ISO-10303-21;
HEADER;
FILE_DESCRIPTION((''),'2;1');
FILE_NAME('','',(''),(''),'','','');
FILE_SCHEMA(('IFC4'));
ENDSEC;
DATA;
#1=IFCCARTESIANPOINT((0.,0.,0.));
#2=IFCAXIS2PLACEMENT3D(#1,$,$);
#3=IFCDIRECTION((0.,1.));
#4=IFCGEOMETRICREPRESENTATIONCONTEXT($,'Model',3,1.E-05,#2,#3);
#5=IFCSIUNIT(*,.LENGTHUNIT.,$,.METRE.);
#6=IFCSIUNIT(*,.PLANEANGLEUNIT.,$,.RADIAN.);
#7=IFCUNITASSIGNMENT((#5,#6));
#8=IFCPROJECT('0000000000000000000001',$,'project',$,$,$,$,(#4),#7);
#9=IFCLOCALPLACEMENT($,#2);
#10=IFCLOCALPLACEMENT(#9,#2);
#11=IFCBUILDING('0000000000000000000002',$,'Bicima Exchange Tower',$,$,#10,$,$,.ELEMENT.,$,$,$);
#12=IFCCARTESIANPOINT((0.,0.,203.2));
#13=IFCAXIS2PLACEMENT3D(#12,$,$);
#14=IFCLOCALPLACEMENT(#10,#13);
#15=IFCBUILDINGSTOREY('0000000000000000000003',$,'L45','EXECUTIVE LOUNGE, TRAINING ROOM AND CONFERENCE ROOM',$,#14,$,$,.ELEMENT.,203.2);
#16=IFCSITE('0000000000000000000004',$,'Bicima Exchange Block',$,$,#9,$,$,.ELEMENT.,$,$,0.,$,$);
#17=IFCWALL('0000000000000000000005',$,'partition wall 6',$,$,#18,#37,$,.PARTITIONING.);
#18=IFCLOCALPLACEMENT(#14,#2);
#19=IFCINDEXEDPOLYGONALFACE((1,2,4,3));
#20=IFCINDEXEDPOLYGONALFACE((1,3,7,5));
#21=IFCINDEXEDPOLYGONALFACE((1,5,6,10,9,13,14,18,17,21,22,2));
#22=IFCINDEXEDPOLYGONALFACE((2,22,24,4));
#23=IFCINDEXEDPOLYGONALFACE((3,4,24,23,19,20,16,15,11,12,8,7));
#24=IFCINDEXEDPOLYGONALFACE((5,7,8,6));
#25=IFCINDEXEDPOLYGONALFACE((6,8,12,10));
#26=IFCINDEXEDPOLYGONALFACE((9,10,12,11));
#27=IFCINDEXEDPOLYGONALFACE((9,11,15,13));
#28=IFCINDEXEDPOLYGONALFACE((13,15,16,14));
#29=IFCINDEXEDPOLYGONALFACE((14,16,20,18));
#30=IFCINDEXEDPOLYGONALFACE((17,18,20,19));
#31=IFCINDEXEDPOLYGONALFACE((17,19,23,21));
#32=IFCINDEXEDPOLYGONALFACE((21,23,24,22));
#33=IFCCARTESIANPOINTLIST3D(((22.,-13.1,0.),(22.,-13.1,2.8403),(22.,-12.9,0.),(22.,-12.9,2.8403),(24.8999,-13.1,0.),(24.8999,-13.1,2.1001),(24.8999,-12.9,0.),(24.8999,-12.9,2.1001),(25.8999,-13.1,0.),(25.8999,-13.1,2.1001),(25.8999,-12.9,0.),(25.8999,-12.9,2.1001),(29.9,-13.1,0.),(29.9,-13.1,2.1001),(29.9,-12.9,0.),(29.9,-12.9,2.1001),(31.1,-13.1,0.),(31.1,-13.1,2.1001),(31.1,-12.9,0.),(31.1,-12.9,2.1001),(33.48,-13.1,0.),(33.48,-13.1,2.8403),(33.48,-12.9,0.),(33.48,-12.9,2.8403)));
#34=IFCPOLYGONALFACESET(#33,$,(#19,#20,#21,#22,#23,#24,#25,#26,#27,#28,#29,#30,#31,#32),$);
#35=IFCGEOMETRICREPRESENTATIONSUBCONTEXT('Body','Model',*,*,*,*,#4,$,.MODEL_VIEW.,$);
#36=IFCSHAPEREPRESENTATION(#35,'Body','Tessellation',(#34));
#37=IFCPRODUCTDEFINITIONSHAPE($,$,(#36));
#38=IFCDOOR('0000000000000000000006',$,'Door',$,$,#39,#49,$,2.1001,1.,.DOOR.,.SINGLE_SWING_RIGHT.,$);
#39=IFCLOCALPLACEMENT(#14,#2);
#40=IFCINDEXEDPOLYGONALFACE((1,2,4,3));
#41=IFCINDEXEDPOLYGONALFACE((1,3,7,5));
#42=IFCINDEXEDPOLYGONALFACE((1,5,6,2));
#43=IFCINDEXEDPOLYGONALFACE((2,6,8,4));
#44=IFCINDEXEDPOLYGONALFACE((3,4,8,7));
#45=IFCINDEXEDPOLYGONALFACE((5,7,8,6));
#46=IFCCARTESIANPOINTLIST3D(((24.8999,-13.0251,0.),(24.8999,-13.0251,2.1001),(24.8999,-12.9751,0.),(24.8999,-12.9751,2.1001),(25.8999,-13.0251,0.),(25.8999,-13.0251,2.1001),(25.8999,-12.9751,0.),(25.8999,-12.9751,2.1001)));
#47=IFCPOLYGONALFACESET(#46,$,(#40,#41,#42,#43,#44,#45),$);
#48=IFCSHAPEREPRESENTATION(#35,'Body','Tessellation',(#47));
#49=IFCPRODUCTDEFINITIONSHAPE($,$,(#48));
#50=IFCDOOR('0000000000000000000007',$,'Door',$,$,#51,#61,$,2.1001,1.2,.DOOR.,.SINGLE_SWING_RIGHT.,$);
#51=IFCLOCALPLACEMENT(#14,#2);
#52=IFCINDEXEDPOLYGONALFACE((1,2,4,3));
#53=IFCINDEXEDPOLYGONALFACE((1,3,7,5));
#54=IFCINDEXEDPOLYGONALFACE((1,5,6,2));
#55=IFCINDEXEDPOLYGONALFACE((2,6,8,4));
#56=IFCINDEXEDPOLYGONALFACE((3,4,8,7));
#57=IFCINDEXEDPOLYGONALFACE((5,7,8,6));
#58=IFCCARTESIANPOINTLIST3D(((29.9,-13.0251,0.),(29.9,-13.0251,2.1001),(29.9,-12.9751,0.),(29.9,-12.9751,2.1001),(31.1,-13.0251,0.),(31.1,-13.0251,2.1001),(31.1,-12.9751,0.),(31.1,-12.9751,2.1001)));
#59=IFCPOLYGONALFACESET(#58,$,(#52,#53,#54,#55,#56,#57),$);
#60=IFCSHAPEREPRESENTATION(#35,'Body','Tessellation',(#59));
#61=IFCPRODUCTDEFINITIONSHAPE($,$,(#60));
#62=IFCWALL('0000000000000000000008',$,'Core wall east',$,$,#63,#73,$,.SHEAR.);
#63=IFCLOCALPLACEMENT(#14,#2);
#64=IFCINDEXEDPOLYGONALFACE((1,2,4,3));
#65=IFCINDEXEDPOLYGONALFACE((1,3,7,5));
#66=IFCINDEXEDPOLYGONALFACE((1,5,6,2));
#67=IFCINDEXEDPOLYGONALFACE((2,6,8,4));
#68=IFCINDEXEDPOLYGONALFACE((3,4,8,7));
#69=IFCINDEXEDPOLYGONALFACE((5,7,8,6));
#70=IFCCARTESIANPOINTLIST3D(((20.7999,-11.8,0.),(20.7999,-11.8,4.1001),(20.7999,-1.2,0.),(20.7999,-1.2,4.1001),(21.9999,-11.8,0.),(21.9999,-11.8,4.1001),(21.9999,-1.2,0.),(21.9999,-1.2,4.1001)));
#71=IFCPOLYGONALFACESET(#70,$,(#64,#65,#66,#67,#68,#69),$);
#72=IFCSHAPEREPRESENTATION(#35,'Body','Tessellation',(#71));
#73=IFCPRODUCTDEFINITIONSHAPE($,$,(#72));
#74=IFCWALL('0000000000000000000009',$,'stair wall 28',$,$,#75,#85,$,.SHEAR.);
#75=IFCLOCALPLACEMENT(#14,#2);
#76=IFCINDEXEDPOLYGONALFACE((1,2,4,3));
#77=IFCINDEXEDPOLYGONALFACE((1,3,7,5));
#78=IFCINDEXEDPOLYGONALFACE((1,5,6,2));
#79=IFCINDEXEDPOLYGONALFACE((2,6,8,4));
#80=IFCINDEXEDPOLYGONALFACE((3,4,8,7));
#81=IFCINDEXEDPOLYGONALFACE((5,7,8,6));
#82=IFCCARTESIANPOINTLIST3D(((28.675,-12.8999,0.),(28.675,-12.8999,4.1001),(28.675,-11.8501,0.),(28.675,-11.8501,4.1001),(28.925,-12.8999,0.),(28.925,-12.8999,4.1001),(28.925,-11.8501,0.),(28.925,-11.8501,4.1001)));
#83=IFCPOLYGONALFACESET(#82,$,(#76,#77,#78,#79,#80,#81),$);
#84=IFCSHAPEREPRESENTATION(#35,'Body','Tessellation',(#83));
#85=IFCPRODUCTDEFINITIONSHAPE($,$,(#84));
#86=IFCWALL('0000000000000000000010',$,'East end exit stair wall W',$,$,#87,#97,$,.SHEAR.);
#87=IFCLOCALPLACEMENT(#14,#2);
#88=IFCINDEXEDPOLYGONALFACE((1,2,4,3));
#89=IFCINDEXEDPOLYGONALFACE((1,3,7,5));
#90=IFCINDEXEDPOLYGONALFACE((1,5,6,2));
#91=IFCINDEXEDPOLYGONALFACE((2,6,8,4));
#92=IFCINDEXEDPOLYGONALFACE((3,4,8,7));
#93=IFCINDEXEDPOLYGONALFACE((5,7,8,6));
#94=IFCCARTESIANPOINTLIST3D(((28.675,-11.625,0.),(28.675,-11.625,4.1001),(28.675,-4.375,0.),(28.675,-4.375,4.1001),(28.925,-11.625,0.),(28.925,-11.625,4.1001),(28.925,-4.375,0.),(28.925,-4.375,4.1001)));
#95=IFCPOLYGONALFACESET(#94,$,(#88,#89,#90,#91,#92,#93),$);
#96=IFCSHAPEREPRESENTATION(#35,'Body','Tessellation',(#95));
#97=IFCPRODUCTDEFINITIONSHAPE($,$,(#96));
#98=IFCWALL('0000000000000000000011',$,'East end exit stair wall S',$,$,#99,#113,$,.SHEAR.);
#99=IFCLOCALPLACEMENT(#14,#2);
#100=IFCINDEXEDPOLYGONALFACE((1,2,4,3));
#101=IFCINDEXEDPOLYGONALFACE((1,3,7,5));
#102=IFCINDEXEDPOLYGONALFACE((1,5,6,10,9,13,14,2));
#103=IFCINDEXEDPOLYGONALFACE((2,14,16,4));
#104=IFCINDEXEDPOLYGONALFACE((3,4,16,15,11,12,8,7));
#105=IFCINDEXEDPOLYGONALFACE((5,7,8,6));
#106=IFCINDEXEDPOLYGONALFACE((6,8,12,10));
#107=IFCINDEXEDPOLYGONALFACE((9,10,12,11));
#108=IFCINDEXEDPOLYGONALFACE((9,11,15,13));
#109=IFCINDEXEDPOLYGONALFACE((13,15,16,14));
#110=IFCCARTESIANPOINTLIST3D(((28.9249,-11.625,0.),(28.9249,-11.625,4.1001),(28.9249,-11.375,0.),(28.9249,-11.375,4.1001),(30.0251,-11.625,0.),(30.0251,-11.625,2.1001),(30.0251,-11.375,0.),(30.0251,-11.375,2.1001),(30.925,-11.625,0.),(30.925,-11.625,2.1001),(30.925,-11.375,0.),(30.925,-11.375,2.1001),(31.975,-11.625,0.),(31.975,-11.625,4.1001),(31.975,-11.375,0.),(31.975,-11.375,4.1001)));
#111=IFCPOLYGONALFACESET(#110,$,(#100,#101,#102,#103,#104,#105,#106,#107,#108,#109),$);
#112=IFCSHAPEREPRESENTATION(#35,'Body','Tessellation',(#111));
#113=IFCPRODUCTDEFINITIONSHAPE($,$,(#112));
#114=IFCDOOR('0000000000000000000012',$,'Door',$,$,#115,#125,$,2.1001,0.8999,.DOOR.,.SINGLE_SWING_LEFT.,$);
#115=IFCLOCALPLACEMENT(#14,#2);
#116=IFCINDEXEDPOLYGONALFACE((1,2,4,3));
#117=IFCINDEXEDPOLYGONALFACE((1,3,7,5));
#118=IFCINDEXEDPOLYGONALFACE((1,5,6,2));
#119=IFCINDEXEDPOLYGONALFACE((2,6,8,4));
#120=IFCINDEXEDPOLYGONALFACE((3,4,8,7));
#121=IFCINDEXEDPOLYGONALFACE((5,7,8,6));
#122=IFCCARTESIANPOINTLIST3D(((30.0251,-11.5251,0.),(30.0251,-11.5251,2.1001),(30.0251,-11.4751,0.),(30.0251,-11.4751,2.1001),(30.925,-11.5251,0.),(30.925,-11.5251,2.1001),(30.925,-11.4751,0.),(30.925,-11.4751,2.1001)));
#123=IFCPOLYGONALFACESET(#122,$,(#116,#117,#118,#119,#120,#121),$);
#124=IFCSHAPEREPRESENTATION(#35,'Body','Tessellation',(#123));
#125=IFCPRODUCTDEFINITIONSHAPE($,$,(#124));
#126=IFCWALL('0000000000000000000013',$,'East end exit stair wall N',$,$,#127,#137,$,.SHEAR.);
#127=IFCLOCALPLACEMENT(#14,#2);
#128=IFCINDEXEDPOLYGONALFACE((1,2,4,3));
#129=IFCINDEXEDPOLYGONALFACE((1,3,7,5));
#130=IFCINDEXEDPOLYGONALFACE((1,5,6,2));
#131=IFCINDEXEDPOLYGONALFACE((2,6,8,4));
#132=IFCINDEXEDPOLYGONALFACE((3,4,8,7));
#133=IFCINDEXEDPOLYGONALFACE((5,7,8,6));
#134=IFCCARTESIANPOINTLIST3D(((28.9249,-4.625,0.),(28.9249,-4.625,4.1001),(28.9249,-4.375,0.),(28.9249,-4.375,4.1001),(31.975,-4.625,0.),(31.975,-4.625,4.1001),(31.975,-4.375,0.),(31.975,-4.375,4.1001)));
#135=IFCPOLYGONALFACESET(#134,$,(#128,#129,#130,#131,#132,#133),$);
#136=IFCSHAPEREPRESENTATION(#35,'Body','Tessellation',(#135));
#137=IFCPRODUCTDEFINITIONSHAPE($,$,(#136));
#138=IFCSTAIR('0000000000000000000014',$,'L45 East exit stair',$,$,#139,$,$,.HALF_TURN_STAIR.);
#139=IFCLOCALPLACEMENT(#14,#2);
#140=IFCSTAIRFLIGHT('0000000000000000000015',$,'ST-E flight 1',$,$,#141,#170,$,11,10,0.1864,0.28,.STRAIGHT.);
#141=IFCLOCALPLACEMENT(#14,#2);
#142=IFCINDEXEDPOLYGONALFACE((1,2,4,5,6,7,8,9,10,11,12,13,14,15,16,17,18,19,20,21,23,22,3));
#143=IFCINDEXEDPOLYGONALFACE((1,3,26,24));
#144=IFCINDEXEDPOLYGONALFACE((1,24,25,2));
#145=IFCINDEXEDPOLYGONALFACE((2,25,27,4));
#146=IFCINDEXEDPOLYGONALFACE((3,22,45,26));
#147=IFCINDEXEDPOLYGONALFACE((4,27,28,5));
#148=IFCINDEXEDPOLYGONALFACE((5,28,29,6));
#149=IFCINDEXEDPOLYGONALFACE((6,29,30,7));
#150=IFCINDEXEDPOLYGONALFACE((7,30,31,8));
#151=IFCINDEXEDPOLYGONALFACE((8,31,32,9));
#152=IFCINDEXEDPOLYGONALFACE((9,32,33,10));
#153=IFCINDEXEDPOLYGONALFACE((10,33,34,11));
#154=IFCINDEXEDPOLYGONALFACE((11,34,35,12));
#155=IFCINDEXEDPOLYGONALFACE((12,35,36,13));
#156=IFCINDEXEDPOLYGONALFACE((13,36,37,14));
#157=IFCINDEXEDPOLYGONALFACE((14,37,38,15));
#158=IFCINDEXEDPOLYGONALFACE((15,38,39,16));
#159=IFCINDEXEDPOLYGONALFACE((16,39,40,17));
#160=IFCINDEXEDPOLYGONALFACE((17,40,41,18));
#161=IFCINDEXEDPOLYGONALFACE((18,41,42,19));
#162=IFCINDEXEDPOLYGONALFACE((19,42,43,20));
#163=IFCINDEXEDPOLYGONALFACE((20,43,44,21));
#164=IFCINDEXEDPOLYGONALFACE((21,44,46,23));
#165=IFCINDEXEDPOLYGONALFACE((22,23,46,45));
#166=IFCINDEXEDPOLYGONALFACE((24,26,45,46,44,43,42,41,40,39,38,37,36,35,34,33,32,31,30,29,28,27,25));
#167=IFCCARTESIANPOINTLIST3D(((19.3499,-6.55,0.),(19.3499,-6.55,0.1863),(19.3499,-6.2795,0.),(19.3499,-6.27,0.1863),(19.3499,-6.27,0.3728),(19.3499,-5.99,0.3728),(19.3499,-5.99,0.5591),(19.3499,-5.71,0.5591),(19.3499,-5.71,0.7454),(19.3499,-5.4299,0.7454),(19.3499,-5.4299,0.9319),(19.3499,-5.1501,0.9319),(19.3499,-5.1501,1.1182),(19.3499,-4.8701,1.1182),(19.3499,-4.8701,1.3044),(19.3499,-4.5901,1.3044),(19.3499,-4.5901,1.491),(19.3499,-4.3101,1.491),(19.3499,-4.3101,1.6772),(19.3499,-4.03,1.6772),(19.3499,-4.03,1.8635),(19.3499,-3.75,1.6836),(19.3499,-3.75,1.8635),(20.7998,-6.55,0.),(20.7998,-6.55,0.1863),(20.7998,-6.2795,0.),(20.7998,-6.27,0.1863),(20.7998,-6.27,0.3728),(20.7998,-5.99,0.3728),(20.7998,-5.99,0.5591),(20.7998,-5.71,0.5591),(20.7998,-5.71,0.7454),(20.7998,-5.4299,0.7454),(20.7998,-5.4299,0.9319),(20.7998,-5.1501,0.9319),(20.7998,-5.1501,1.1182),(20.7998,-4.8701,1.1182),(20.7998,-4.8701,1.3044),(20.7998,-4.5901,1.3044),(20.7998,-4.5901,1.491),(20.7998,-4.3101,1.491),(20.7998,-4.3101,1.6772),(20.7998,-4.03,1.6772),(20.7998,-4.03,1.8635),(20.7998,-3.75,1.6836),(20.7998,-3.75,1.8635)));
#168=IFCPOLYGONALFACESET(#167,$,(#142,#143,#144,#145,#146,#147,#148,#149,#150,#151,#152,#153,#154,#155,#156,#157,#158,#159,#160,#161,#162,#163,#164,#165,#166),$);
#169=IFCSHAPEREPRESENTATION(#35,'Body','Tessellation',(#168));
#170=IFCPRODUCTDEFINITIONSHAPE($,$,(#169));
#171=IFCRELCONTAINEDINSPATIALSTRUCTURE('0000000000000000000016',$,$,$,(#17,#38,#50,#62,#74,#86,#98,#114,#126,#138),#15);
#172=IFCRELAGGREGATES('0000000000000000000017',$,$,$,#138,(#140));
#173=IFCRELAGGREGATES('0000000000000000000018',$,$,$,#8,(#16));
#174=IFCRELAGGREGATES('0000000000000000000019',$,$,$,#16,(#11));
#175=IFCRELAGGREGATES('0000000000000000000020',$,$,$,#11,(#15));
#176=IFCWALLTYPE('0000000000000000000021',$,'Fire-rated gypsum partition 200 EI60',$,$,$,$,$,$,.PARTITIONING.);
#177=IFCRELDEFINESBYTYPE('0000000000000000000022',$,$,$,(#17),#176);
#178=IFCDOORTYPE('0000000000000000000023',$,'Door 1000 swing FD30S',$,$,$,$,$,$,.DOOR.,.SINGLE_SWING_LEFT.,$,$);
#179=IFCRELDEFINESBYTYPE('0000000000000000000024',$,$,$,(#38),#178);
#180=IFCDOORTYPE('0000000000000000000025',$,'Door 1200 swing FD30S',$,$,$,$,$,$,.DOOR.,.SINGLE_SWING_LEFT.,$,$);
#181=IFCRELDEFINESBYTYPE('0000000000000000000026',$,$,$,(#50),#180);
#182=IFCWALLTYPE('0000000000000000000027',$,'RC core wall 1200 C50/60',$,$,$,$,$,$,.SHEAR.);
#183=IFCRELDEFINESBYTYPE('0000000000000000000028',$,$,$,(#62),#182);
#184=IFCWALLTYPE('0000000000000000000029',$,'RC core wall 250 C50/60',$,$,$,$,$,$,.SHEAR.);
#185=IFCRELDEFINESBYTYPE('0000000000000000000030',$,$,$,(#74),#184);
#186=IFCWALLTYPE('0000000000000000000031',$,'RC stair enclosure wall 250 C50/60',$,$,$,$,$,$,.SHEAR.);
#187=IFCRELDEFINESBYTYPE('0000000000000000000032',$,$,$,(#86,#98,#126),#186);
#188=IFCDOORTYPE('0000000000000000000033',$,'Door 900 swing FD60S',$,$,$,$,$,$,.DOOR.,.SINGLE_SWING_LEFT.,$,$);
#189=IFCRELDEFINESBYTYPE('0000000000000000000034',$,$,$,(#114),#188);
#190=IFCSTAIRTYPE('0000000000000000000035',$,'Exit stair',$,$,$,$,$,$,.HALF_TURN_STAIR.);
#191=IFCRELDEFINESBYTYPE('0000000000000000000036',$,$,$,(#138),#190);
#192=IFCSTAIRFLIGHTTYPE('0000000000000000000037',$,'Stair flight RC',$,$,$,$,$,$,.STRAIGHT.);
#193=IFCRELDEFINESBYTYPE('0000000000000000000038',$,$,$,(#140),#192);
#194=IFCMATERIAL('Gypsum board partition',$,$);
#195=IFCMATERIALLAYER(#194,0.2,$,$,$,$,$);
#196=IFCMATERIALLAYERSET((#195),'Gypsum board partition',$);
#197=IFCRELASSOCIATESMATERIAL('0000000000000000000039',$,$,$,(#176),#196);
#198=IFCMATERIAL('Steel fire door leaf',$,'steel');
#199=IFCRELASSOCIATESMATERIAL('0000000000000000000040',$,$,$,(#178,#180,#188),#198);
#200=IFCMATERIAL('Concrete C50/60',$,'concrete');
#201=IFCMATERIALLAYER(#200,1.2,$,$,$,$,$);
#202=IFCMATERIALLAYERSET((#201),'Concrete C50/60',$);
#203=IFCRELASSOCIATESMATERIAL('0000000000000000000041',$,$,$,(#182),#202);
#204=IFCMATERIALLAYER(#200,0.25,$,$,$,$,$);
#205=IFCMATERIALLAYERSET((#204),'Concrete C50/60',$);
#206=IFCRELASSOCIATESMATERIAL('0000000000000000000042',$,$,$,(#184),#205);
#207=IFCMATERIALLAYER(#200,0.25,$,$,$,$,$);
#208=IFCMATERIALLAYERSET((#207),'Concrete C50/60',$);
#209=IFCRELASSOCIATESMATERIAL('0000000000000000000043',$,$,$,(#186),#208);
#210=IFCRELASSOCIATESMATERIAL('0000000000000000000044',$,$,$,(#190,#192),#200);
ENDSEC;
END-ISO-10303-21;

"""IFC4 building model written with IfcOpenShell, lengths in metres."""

from ifc_helpers import new_model, si_unit, direction, frame, frame_2d, origin, place, context, subcontext, project, spatial, polyline, rectangle, outline, extrude, material, layer, layer_set, type_object, element, fill, aggregate, save


model = new_model("IFC4")

# Units and contexts
model_context = context("Model", 3, precision=1e-05, world=origin(), true_north=direction((0.0, 1.0)))
body_context = subcontext(model_context, "Body", "Model", "MODEL_VIEW")
ifc_project = project(units=[si_unit("LENGTHUNIT", "METRE"), si_unit("PLANEANGLEUNIT", "RADIAN")], contexts=[model_context])

# Site, building, storey
site_placement = place(None, origin())
site = spatial("IfcSite", under=ifc_project, at=site_placement, Name="Bicima Exchange Block", CompositionType="ELEMENT", RefElevation=0.0)
building_placement = place(site_placement, origin())
building = spatial("IfcBuilding", under=site, at=building_placement, Name="Bicima Exchange Tower", CompositionType="ELEMENT")
storey_placement = place(building_placement, frame((0.0, 0.0, 203.2)))
storey = spatial("IfcBuildingStorey", under=building, at=storey_placement, Name="L45", Description="EXECUTIVE LOUNGE, TRAINING ROOM AND CONFERENCE ROOM", CompositionType="ELEMENT", Elevation=203.2)

# Wall, openings, doors
ifc_material_1 = material(Name="Gypsum board partition")
ifc_layer_1 = layer(ifc_material_1, 0.2)
ifc_layer_set_1 = layer_set([ifc_layer_1], Name="Gypsum board partition")
wall_type_1 = type_object("IfcWallType", Name="Fire-rated gypsum partition 200 EI60", PredefinedType="PARTITIONING", material=ifc_layer_set_1)
wall_1_placement = place(storey_placement, frame((22.0, -13.0, 0.0), z_axis=(0.0, 0.0, 1.0), x_axis=(1.0, 0.0, 0.0)))
wall_1 = element("IfcWall", 1, at=wall_1_placement, inside=storey, type_object=wall_type_1, Name="partition wall 6", PredefinedType="PARTITIONING", context=body_context, shape_type="SweptSolid", body=[
    extrude(rectangle(XDim=11.48, YDim=0.2, at=frame_2d((5.74, 0.0))), origin(), (0.0, 0.0, 1.0), 2.8403),
])
opening_1_placement = place(wall_1_placement, frame((7.8999, 0.0, 0.0)))
opening_1 = element("IfcOpeningElement", 2, at=opening_1_placement, cuts=wall_1, PredefinedType="OPENING", context=body_context, shape_type="SweptSolid", body=[
    extrude(rectangle(XDim=1.2, YDim=2.1001, at=frame_2d((0.6001, 1.05))), frame((0.0, 0.1118, 0.0), z_axis=(0.0, -1.0, 0.0), x_axis=(1.0, 0.0, 0.0)), (0.0, 0.0, 1.0), 0.2239),
])
opening_2_placement = place(wall_1_placement, frame((2.8999, 0.0, 0.0)))
opening_2 = element("IfcOpeningElement", 3, at=opening_2_placement, cuts=wall_1, PredefinedType="OPENING", context=body_context, shape_type="SweptSolid", body=[
    extrude(rectangle(XDim=1.0, YDim=2.1001, at=frame_2d((0.5, 1.05))), frame((0.0, 0.1118, 0.0), z_axis=(0.0, -1.0, 0.0), x_axis=(1.0, 0.0, 0.0)), (0.0, 0.0, 1.0), 0.2239),
])
ifc_material_2 = material(Name="Steel fire door leaf", Category="steel")
door_type_1 = type_object("IfcDoorType", Name="Door 1000 swing FD30S", OperationType="SINGLE_SWING_LEFT", PredefinedType="DOOR", material=ifc_material_2)
door_1_placement = place(opening_2_placement, origin())
door_1 = element("IfcDoor", 4, at=door_1_placement, inside=storey, type_object=door_type_1, Name="Door", OperationType="SINGLE_SWING_RIGHT", OverallHeight=2.1001, OverallWidth=1.0, PredefinedType="DOOR", context=body_context, shape_type="SweptSolid", body=[
    extrude(rectangle(XDim=1.0, YDim=2.1001, at=frame_2d((0.5, 1.05))), frame((0.0, 0.0249, 0.0), z_axis=(0.0, -1.0, 0.0), x_axis=(1.0, 0.0, 0.0)), (0.0, 0.0, 1.0), 0.05),
])
fill(opening_2, door_1)
door_type_2 = type_object("IfcDoorType", Name="Door 1200 swing FD30S", OperationType="SINGLE_SWING_LEFT", PredefinedType="DOOR", material=ifc_material_2)
door_2_placement = place(opening_1_placement, origin())
door_2 = element("IfcDoor", 5, at=door_2_placement, inside=storey, type_object=door_type_2, Name="Door", OperationType="SINGLE_SWING_RIGHT", OverallHeight=2.1001, OverallWidth=1.2, PredefinedType="DOOR", context=body_context, shape_type="SweptSolid", body=[
    extrude(rectangle(XDim=1.2, YDim=2.1001, at=frame_2d((0.6001, 1.05))), frame((0.0, 0.0249, 0.0), z_axis=(0.0, -1.0, 0.0), x_axis=(1.0, 0.0, 0.0)), (0.0, 0.0, 1.0), 0.05),
])
fill(opening_1, door_2)

# Walls
ifc_material_3 = material(Name="Concrete C50/60", Category="concrete")
ifc_layer_2 = layer(ifc_material_3, 1.2)
ifc_layer_set_2 = layer_set([ifc_layer_2], Name="Concrete C50/60")
wall_type_2 = type_object("IfcWallType", Name="RC core wall 1200 C50/60", PredefinedType="SHEAR", material=ifc_layer_set_2)
wall_2_placement = place(storey_placement, frame((21.3999, -11.8, 0.0), z_axis=(0.0, 0.0, 1.0), x_axis=(0.0, 1.0, 0.0)))
element("IfcWall", 6, at=wall_2_placement, inside=storey, type_object=wall_type_2, Name="Core wall east", PredefinedType="SHEAR", context=body_context, shape_type="SweptSolid", body=[
    extrude(rectangle(XDim=10.6001, YDim=1.2, at=frame_2d((5.3, 0.0))), origin(), (0.0, 0.0, 1.0), 4.1001),
])
ifc_layer_3 = layer(ifc_material_3, 0.25)
ifc_layer_set_3 = layer_set([ifc_layer_3], Name="Concrete C50/60")
wall_type_3 = type_object("IfcWallType", Name="RC core wall 250 C50/60", PredefinedType="SHEAR", material=ifc_layer_set_3)
wall_3_placement = place(storey_placement, frame((28.8, -12.8999, 0.0), z_axis=(0.0, 0.0, 1.0), x_axis=(0.0, 1.0, 0.0)))
element("IfcWall", 7, at=wall_3_placement, inside=storey, type_object=wall_type_3, Name="stair wall 28", PredefinedType="SHEAR", context=body_context, shape_type="SweptSolid", body=[
    extrude(rectangle(XDim=1.0498, YDim=0.25, at=frame_2d((0.5249, 0.0))), origin(), (0.0, 0.0, 1.0), 4.1001),
])
ifc_layer_4 = layer(ifc_material_3, 0.25)
ifc_layer_set_4 = layer_set([ifc_layer_4], Name="Concrete C50/60")
wall_type_4 = type_object("IfcWallType", Name="RC stair enclosure wall 250 C50/60", PredefinedType="SHEAR", material=ifc_layer_set_4)
wall_4_placement = place(storey_placement, frame((28.8, -11.625, 0.0), z_axis=(0.0, 0.0, 1.0), x_axis=(0.0, 1.0, 0.0)))
element("IfcWall", 8, at=wall_4_placement, inside=storey, type_object=wall_type_4, Name="East end exit stair wall W", PredefinedType="SHEAR", context=body_context, shape_type="SweptSolid", body=[
    extrude(rectangle(XDim=7.25, YDim=0.25, at=frame_2d((3.625, 0.0))), origin(), (0.0, 0.0, 1.0), 4.1001),
])

# Wall, opening, door
wall_5_placement = place(storey_placement, frame((28.925, -11.5, 0.0), z_axis=(0.0, 0.0, 1.0), x_axis=(1.0, 0.0, 0.0)))
wall_5 = element("IfcWall", 9, at=wall_5_placement, inside=storey, type_object=wall_type_4, Name="East end exit stair wall S", PredefinedType="SHEAR", context=body_context, shape_type="SweptSolid", body=[
    extrude(rectangle(XDim=3.05, YDim=0.25, at=frame_2d((1.5249, 0.0))), origin(), (0.0, 0.0, 1.0), 4.1001),
])
opening_3_placement = place(wall_5_placement, frame((1.1001, 0.0, 0.0)))
opening_3 = element("IfcOpeningElement", 10, at=opening_3_placement, cuts=wall_5, PredefinedType="OPENING", context=body_context, shape_type="SweptSolid", body=[
    extrude(rectangle(XDim=0.8999, YDim=2.1001, at=frame_2d((0.45, 1.05))), frame((0.0, 0.137, 0.0), z_axis=(0.0, -1.0, 0.0), x_axis=(1.0, 0.0, 0.0)), (0.0, 0.0, 1.0), 0.2739),
])
door_type_3 = type_object("IfcDoorType", Name="Door 900 swing FD60S", OperationType="SINGLE_SWING_LEFT", PredefinedType="DOOR", material=ifc_material_2)
door_3_placement = place(opening_3_placement, origin())
door_3 = element("IfcDoor", 11, at=door_3_placement, inside=storey, type_object=door_type_3, Name="Door", OperationType="SINGLE_SWING_LEFT", OverallHeight=2.1001, OverallWidth=0.8999, PredefinedType="DOOR", context=body_context, shape_type="SweptSolid", body=[
    extrude(rectangle(XDim=0.8999, YDim=2.1001, at=frame_2d((0.45, 1.05))), frame((0.0, 0.0249, 0.0), z_axis=(0.0, -1.0, 0.0), x_axis=(1.0, 0.0, 0.0)), (0.0, 0.0, 1.0), 0.05),
])
fill(opening_3, door_3)

# Wall
wall_6_placement = place(storey_placement, frame((28.925, -4.5, 0.0), z_axis=(0.0, 0.0, 1.0), x_axis=(1.0, 0.0, 0.0)))
element("IfcWall", 12, at=wall_6_placement, inside=storey, type_object=wall_type_4, Name="East end exit stair wall N", PredefinedType="SHEAR", context=body_context, shape_type="SweptSolid", body=[
    extrude(rectangle(XDim=3.05, YDim=0.25, at=frame_2d((1.5249, 0.0))), origin(), (0.0, 0.0, 1.0), 4.1001),
])

# Stair, stair flight
stair_type = type_object("IfcStairType", Name="Exit stair", PredefinedType="HALF_TURN_STAIR", material=ifc_material_3)
stair_1_placement = place(storey_placement, origin())
stair_1 = element("IfcStair", 13, at=stair_1_placement, inside=storey, type_object=stair_type, Name="L45 East exit stair", PredefinedType="HALF_TURN_STAIR")
stair_flight_type = type_object("IfcStairFlightType", Name="Stair flight RC", PredefinedType="STRAIGHT", material=ifc_material_3)
stair_flight_1_placement = place(storey_placement, frame((20.075, -6.55, 0.0), z_axis=(0.0, 0.0, 1.0), x_axis=(0.0, 1.0, 0.0)))
stair_flight_1 = element("IfcStairFlight", 14, at=stair_flight_1_placement, type_object=stair_flight_type, Name="ST-E flight 1", NumberOfRisers=11, NumberOfTreads=10, PredefinedType="STRAIGHT", RiserHeight=0.1864, TreadLength=0.28, context=body_context, shape_type="SweptSolid", body=[
    extrude(outline(polyline([(0.0, 0.0), (0.0, 0.1863), (0.28, 0.1863), (0.28, 0.3728), (0.5601, 0.3728), (0.5601, 0.5591), (0.8401, 0.5591), (0.8401, 0.7454), (1.1201, 0.7454), (1.1201, 0.9319), (1.3999, 0.9319), (1.3999, 1.1182), (1.6799, 1.1182), (1.6799, 1.3044), (1.96, 1.3044), (1.96, 1.491), (2.24, 1.491), (2.24, 1.6772), (2.52, 1.6772), (2.52, 1.8635), (2.8, 1.8635), (2.8, 2.05), (2.8, 1.6836), (0.2705, 0.0), (0.0, 0.0)])), frame((0.0, 0.7251, 0.0), z_axis=(0.0, -1.0, 0.0), x_axis=(1.0, 0.0, 0.0)), (0.0, 0.0, 1.0), 1.45),
])
aggregate(stair_1, [stair_flight_1])

save(model, "model.ifc")
